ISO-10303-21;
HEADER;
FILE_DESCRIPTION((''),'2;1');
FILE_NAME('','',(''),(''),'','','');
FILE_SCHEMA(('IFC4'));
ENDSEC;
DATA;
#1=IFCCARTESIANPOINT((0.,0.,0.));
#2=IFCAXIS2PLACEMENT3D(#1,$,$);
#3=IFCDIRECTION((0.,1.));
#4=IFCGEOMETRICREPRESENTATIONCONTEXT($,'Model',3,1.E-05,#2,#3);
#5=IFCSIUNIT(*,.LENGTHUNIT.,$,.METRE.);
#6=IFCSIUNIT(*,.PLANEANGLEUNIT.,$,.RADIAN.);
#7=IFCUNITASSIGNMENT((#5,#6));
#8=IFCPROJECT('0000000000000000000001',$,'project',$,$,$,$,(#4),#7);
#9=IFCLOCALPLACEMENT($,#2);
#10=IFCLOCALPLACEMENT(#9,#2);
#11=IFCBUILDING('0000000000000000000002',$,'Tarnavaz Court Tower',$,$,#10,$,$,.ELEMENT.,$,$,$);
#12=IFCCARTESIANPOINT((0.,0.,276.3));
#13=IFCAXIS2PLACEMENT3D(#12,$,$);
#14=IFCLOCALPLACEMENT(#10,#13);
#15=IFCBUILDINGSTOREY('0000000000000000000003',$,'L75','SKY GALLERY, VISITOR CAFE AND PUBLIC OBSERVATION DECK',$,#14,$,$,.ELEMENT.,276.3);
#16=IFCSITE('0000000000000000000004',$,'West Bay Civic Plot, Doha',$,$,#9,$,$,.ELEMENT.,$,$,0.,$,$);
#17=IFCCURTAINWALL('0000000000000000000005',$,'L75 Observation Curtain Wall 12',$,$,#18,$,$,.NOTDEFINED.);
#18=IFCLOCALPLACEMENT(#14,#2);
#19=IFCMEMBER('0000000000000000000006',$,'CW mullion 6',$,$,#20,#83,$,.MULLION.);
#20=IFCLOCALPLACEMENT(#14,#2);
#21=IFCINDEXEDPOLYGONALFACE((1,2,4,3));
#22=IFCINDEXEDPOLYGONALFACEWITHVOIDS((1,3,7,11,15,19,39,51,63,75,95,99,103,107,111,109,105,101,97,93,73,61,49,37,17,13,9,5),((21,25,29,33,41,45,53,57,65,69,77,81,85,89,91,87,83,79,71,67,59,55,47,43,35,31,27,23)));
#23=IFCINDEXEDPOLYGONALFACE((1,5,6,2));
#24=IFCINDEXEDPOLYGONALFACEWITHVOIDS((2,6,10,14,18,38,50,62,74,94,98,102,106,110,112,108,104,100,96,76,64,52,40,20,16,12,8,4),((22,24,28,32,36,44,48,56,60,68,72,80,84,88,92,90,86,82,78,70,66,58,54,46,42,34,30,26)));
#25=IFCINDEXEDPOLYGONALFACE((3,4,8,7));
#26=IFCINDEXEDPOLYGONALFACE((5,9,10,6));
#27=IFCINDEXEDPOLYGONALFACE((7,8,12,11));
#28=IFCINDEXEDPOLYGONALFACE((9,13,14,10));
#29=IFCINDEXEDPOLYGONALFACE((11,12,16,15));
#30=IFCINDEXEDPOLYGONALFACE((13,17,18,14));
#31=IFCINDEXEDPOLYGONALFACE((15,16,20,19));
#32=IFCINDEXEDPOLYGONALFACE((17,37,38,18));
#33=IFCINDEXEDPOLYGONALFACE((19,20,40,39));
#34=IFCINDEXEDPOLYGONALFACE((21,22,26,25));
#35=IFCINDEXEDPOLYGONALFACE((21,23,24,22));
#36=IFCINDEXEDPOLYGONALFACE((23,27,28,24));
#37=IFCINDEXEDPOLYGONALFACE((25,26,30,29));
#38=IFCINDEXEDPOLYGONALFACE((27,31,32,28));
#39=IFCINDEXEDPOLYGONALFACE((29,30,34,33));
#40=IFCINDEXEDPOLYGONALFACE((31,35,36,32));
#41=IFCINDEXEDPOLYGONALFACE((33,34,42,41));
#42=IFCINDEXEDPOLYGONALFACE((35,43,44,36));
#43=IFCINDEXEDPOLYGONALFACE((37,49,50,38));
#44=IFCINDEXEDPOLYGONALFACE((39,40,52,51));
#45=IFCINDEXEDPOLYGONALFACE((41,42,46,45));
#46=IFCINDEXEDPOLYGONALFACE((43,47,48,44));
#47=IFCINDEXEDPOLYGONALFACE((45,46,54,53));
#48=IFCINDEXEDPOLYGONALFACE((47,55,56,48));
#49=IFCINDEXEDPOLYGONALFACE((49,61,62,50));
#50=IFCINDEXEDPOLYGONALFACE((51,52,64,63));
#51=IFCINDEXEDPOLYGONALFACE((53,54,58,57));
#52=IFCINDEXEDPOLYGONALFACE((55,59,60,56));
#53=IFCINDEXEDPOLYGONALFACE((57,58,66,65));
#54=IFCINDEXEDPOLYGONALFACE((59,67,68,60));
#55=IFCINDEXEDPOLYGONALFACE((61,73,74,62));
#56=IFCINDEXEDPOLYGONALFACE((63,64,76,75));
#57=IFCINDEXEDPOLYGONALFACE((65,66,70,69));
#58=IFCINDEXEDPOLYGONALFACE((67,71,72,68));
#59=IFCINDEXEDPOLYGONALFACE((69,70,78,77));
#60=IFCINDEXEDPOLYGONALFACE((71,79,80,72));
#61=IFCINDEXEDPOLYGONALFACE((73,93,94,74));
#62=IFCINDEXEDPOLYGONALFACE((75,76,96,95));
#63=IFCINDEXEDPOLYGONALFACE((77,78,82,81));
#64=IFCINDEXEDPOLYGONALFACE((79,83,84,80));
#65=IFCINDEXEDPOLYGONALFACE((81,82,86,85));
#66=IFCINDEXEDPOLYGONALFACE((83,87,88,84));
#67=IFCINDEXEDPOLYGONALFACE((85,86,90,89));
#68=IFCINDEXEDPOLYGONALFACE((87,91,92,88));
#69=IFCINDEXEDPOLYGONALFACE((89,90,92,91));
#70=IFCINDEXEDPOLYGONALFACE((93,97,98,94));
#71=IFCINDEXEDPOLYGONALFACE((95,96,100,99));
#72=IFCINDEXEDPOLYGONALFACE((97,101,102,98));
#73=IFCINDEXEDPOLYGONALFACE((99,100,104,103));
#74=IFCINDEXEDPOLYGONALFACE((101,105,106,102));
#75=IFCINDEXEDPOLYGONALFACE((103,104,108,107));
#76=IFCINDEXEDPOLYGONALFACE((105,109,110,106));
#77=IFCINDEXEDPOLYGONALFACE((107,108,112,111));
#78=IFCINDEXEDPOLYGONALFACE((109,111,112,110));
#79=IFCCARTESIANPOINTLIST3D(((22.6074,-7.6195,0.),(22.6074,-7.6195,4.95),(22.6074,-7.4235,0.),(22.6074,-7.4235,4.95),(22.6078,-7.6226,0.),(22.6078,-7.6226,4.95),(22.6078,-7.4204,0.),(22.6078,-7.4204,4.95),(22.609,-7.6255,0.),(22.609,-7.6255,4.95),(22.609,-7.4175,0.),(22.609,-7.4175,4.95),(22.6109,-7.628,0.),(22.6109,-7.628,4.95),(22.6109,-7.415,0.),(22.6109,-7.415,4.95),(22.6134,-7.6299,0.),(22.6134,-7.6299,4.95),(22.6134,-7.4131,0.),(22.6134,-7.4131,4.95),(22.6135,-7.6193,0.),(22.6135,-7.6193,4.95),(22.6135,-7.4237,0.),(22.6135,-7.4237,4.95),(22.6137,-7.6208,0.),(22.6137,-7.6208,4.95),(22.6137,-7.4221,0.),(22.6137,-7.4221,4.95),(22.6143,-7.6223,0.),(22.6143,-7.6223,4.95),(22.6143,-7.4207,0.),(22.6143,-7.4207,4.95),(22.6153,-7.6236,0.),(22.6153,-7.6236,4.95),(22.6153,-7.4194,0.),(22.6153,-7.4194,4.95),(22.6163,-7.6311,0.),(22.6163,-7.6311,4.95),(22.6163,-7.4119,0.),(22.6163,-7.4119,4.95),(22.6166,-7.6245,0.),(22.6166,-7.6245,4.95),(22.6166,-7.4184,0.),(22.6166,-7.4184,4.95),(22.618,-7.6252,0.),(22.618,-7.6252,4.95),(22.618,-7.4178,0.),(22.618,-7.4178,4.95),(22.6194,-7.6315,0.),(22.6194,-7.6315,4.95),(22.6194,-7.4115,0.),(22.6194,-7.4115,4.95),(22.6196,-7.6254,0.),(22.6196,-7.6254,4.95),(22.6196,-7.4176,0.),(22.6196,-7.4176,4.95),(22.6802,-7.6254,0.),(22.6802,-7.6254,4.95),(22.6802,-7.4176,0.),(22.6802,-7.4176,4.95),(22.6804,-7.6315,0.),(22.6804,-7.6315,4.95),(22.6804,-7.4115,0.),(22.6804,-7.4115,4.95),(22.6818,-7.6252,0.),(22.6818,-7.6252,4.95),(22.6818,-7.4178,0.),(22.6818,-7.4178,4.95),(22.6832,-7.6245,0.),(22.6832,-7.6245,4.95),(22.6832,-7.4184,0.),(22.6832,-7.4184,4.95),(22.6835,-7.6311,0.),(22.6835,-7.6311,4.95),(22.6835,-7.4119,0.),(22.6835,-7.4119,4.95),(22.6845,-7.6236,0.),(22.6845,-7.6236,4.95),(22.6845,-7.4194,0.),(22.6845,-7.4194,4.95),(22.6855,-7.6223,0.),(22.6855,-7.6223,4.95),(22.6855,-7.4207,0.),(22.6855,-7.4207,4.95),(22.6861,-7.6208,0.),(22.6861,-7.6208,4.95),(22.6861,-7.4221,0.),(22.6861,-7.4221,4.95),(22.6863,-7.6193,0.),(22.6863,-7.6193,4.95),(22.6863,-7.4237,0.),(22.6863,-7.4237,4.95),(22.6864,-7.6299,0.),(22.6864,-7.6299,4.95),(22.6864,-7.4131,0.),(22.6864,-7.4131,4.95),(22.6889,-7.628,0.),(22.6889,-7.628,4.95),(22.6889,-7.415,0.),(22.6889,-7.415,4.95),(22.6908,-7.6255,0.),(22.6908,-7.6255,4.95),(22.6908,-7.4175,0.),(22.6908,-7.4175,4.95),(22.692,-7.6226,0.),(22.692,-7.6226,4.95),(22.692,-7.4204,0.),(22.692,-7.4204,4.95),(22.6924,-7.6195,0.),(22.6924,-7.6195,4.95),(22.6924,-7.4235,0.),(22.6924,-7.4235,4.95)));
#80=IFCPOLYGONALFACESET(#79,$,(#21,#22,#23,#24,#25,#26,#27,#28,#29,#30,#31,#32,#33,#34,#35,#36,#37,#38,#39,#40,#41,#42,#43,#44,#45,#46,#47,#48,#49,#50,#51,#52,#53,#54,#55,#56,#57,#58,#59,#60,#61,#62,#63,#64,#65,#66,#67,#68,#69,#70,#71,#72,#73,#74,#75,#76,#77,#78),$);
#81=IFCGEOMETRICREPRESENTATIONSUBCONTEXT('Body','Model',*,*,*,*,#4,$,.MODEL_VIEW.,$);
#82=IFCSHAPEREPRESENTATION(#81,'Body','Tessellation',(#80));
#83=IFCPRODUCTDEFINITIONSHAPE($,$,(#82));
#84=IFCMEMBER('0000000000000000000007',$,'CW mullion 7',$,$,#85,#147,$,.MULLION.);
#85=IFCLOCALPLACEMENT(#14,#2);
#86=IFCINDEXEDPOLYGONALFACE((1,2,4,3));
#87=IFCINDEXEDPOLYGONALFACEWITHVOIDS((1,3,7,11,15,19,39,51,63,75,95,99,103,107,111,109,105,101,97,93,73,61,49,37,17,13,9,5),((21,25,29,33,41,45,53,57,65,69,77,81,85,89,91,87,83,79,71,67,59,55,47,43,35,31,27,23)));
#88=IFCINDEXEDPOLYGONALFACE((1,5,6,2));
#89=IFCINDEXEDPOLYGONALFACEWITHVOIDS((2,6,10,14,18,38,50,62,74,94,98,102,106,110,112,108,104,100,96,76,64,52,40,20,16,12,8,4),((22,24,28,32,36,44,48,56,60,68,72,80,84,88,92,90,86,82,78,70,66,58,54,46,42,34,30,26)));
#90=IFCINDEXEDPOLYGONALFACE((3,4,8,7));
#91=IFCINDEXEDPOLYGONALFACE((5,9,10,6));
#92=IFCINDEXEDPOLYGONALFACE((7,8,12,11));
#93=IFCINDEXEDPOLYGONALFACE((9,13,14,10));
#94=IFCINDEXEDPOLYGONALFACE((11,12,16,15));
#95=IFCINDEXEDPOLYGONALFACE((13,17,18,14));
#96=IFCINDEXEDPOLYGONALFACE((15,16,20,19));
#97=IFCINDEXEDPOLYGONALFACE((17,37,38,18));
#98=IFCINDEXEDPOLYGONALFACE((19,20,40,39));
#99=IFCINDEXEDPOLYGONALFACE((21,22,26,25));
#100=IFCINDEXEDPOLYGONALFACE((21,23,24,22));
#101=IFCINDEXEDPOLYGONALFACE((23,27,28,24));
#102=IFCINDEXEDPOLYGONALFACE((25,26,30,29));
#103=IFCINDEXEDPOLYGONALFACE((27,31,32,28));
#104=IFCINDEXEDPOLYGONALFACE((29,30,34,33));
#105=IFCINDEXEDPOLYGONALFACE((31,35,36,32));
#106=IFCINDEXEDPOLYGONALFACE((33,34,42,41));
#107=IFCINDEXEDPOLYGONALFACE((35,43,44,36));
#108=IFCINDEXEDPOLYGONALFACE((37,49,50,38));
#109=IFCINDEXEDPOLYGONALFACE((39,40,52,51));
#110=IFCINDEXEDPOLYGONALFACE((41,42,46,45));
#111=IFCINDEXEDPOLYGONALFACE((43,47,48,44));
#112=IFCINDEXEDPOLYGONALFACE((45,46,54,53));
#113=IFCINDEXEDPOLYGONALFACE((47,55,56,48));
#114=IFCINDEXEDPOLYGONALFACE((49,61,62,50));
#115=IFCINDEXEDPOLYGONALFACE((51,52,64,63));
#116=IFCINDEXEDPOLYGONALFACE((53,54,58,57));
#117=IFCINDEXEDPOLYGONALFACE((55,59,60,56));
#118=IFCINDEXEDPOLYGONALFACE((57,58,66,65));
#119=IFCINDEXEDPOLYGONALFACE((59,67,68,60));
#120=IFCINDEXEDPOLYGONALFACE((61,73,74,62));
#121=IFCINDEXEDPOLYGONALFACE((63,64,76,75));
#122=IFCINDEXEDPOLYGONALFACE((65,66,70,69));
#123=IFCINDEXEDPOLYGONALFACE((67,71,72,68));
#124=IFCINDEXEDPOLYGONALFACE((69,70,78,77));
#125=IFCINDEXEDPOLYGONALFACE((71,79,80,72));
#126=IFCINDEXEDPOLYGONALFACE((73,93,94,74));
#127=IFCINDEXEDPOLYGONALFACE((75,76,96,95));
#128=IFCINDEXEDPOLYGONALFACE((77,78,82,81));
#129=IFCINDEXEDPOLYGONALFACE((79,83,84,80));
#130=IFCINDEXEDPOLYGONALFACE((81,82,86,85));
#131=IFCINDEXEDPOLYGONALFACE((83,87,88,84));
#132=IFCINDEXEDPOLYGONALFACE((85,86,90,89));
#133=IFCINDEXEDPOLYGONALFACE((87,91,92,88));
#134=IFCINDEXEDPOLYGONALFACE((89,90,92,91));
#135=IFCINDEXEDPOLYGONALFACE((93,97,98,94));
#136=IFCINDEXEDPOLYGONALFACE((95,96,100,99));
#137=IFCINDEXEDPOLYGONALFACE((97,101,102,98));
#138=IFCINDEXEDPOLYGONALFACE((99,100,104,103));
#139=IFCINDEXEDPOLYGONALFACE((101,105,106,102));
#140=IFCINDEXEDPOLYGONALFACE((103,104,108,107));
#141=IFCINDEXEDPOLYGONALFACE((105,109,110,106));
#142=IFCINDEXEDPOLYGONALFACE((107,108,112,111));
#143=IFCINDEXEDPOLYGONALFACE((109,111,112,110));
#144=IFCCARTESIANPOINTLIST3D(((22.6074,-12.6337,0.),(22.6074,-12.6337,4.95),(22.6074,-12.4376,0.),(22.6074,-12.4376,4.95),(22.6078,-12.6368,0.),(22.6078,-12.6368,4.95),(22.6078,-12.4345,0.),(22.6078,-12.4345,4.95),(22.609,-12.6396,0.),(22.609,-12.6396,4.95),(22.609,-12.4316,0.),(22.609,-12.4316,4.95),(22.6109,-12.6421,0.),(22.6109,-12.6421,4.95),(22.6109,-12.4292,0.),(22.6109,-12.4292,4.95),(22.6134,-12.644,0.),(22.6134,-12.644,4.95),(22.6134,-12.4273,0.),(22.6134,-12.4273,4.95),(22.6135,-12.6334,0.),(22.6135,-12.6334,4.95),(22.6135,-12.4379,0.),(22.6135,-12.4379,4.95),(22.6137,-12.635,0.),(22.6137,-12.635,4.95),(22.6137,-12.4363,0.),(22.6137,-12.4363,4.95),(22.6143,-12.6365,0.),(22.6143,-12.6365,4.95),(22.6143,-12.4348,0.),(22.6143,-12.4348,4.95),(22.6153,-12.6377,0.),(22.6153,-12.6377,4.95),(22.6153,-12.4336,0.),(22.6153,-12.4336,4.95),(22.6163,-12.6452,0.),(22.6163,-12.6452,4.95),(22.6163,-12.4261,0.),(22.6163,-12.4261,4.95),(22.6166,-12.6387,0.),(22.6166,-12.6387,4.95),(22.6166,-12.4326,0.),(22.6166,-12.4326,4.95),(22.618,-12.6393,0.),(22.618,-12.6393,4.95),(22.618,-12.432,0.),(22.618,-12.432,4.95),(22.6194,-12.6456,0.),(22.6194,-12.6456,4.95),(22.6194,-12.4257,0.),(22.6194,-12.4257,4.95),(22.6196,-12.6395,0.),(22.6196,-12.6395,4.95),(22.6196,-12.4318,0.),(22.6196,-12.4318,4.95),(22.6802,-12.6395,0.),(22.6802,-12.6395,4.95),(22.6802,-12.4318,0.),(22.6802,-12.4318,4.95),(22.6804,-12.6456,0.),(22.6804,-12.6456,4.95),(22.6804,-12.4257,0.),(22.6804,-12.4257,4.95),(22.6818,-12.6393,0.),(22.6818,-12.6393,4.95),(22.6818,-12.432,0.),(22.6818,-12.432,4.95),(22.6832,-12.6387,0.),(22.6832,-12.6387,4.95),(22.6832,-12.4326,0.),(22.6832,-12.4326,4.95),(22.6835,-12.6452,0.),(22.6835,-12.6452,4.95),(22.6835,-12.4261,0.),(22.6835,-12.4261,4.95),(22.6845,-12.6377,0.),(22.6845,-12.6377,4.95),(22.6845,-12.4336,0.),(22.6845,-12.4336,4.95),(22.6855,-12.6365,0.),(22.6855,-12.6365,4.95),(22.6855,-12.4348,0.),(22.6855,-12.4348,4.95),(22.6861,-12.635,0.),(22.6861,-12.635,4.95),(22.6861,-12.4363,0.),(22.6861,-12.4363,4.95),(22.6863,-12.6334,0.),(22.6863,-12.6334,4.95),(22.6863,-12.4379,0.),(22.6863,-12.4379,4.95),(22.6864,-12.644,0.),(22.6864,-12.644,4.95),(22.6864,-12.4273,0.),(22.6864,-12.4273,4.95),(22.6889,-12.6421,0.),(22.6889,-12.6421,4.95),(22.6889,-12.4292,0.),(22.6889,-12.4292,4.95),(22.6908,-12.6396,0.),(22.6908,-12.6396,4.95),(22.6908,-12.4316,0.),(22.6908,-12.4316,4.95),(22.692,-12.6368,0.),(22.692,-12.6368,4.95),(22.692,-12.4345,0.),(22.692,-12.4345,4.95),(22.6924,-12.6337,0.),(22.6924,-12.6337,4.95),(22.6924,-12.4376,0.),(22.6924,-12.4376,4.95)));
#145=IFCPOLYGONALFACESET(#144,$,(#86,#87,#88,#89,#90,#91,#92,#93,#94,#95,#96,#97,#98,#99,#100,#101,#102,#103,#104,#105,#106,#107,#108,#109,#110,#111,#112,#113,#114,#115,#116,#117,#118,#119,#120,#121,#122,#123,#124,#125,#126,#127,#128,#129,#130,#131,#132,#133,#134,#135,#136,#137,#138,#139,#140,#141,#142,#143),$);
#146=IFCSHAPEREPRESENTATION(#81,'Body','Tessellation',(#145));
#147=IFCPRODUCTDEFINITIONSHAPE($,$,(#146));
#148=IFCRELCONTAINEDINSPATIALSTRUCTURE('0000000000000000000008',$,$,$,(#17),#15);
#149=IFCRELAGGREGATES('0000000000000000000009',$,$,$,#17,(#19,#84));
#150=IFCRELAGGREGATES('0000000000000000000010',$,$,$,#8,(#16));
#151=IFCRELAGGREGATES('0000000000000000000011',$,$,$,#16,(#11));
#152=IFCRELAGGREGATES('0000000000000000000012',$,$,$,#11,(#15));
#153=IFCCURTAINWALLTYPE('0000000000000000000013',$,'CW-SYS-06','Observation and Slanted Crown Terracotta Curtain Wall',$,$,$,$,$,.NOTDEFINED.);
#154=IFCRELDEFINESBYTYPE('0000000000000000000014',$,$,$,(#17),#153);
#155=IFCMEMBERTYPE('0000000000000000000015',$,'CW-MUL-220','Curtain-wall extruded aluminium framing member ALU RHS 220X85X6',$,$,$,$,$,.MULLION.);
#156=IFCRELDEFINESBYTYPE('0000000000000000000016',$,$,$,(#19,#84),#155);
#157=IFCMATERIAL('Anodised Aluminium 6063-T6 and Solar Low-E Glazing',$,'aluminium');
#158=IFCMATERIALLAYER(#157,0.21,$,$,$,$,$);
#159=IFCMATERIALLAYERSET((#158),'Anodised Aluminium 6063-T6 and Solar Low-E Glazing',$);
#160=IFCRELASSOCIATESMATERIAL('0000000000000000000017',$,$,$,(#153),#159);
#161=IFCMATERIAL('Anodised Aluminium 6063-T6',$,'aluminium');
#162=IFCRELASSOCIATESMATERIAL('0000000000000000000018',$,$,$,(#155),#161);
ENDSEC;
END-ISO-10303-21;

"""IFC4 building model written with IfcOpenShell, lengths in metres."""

from ifc_helpers import new_model, si_unit, direction, frame, origin, origin_2d, place, context, subcontext, project, spatial, hollow_rectangle, extrude, material, layer, layer_set, material_profile, profile_set, type_object, element, aggregate, save


model = new_model("IFC4")

# Units and contexts
model_context = context("Model", 3, precision=1e-05, world=origin(), true_north=direction((0.0, 1.0)))
body_context = subcontext(model_context, "Body", "Model", "MODEL_VIEW")
ifc_project = project(units=[si_unit("LENGTHUNIT", "METRE"), si_unit("PLANEANGLEUNIT", "RADIAN")], contexts=[model_context])

# Site, building, storey
site_placement = place(None, origin())
site = spatial("IfcSite", under=ifc_project, at=site_placement, Name="West Bay Civic Plot, Doha", CompositionType="ELEMENT", RefElevation=0.0)
building_placement = place(site_placement, origin())
building = spatial("IfcBuilding", under=site, at=building_placement, Name="Tarnavaz Court Tower", CompositionType="ELEMENT")
storey_placement = place(building_placement, frame((0.0, 0.0, 276.3)))
storey = spatial("IfcBuildingStorey", under=building, at=storey_placement, Name="L75", Description="SKY GALLERY, VISITOR CAFE AND PUBLIC OBSERVATION DECK", CompositionType="ELEMENT", Elevation=276.3)

# Curtain wall, members
ifc_material_1 = material(Name="Anodised Aluminium 6063-T6 and Solar Low-E Glazing", Category="aluminium")
ifc_layer_1 = layer(ifc_material_1, 0.21)
ifc_layer_set_1 = layer_set([ifc_layer_1], Name="Anodised Aluminium 6063-T6 and Solar Low-E Glazing")
curtain_wall_type = type_object("IfcCurtainWallType", Name="CW-SYS-06", Description="Observation and Slanted Crown Terracotta Curtain Wall", PredefinedType="NOTDEFINED", material=ifc_layer_set_1)
curtain_wall_placement = place(storey_placement, origin())
curtain_wall = element("IfcCurtainWall", 1, at=curtain_wall_placement, inside=storey, type_object=curtain_wall_type, Name="L75 Observation Curtain Wall 12", PredefinedType="NOTDEFINED")
ifc_material_2 = material(Name="Anodised Aluminium 6063-T6", Category="aluminium")
ifc_material_profile_1 = material_profile(ifc_material_2, hollow_rectangle(XDim=0.085, YDim=0.22, WallThickness=0.0061, InnerFilletRadius=0.0061, OuterFilletRadius=0.012, at=origin_2d()), Name="ALU RHS 220X85X6")
ifc_profile_set_1 = profile_set([ifc_material_profile_1], Name="Anodised Aluminium 6063-T6")
member_type_1 = type_object("IfcMemberType", Name="CW-MUL-220", Description="Curtain-wall extruded aluminium framing member ALU RHS 220X85X6", PredefinedType="MULLION", material=ifc_profile_set_1)
member_1_placement = place(storey_placement, frame((22.6499, -7.5215, 0.0), z_axis=(0.0, 0.0, 1.0), x_axis=(1.0, 0.0, 0.0)))
member_1 = element("IfcMember", 2, at=member_1_placement, type_object=member_type_1, Name="CW mullion 6", PredefinedType="MULLION", context=body_context, shape_type="SweptSolid", body=[
    extrude(hollow_rectangle(XDim=0.085, YDim=0.22, WallThickness=0.0061, InnerFilletRadius=0.0061, OuterFilletRadius=0.012, at=origin_2d()), origin(), (0.0, 0.0, 1.0), 4.95),
])
member_2_placement = place(storey_placement, frame((22.6499, -12.5356, 0.0), z_axis=(0.0, 0.0, 1.0), x_axis=(1.0, 0.0, 0.0)))
member_2 = element("IfcMember", 3, at=member_2_placement, type_object=member_type_1, Name="CW mullion 7", PredefinedType="MULLION", context=body_context, shape_type="SweptSolid", body=[
    extrude(hollow_rectangle(XDim=0.085, YDim=0.22, WallThickness=0.0061, InnerFilletRadius=0.0061, OuterFilletRadius=0.012, at=origin_2d()), origin(), (0.0, 0.0, 1.0), 4.95),
])
aggregate(curtain_wall, [member_1, member_2])

save(model, "model.ifc")
